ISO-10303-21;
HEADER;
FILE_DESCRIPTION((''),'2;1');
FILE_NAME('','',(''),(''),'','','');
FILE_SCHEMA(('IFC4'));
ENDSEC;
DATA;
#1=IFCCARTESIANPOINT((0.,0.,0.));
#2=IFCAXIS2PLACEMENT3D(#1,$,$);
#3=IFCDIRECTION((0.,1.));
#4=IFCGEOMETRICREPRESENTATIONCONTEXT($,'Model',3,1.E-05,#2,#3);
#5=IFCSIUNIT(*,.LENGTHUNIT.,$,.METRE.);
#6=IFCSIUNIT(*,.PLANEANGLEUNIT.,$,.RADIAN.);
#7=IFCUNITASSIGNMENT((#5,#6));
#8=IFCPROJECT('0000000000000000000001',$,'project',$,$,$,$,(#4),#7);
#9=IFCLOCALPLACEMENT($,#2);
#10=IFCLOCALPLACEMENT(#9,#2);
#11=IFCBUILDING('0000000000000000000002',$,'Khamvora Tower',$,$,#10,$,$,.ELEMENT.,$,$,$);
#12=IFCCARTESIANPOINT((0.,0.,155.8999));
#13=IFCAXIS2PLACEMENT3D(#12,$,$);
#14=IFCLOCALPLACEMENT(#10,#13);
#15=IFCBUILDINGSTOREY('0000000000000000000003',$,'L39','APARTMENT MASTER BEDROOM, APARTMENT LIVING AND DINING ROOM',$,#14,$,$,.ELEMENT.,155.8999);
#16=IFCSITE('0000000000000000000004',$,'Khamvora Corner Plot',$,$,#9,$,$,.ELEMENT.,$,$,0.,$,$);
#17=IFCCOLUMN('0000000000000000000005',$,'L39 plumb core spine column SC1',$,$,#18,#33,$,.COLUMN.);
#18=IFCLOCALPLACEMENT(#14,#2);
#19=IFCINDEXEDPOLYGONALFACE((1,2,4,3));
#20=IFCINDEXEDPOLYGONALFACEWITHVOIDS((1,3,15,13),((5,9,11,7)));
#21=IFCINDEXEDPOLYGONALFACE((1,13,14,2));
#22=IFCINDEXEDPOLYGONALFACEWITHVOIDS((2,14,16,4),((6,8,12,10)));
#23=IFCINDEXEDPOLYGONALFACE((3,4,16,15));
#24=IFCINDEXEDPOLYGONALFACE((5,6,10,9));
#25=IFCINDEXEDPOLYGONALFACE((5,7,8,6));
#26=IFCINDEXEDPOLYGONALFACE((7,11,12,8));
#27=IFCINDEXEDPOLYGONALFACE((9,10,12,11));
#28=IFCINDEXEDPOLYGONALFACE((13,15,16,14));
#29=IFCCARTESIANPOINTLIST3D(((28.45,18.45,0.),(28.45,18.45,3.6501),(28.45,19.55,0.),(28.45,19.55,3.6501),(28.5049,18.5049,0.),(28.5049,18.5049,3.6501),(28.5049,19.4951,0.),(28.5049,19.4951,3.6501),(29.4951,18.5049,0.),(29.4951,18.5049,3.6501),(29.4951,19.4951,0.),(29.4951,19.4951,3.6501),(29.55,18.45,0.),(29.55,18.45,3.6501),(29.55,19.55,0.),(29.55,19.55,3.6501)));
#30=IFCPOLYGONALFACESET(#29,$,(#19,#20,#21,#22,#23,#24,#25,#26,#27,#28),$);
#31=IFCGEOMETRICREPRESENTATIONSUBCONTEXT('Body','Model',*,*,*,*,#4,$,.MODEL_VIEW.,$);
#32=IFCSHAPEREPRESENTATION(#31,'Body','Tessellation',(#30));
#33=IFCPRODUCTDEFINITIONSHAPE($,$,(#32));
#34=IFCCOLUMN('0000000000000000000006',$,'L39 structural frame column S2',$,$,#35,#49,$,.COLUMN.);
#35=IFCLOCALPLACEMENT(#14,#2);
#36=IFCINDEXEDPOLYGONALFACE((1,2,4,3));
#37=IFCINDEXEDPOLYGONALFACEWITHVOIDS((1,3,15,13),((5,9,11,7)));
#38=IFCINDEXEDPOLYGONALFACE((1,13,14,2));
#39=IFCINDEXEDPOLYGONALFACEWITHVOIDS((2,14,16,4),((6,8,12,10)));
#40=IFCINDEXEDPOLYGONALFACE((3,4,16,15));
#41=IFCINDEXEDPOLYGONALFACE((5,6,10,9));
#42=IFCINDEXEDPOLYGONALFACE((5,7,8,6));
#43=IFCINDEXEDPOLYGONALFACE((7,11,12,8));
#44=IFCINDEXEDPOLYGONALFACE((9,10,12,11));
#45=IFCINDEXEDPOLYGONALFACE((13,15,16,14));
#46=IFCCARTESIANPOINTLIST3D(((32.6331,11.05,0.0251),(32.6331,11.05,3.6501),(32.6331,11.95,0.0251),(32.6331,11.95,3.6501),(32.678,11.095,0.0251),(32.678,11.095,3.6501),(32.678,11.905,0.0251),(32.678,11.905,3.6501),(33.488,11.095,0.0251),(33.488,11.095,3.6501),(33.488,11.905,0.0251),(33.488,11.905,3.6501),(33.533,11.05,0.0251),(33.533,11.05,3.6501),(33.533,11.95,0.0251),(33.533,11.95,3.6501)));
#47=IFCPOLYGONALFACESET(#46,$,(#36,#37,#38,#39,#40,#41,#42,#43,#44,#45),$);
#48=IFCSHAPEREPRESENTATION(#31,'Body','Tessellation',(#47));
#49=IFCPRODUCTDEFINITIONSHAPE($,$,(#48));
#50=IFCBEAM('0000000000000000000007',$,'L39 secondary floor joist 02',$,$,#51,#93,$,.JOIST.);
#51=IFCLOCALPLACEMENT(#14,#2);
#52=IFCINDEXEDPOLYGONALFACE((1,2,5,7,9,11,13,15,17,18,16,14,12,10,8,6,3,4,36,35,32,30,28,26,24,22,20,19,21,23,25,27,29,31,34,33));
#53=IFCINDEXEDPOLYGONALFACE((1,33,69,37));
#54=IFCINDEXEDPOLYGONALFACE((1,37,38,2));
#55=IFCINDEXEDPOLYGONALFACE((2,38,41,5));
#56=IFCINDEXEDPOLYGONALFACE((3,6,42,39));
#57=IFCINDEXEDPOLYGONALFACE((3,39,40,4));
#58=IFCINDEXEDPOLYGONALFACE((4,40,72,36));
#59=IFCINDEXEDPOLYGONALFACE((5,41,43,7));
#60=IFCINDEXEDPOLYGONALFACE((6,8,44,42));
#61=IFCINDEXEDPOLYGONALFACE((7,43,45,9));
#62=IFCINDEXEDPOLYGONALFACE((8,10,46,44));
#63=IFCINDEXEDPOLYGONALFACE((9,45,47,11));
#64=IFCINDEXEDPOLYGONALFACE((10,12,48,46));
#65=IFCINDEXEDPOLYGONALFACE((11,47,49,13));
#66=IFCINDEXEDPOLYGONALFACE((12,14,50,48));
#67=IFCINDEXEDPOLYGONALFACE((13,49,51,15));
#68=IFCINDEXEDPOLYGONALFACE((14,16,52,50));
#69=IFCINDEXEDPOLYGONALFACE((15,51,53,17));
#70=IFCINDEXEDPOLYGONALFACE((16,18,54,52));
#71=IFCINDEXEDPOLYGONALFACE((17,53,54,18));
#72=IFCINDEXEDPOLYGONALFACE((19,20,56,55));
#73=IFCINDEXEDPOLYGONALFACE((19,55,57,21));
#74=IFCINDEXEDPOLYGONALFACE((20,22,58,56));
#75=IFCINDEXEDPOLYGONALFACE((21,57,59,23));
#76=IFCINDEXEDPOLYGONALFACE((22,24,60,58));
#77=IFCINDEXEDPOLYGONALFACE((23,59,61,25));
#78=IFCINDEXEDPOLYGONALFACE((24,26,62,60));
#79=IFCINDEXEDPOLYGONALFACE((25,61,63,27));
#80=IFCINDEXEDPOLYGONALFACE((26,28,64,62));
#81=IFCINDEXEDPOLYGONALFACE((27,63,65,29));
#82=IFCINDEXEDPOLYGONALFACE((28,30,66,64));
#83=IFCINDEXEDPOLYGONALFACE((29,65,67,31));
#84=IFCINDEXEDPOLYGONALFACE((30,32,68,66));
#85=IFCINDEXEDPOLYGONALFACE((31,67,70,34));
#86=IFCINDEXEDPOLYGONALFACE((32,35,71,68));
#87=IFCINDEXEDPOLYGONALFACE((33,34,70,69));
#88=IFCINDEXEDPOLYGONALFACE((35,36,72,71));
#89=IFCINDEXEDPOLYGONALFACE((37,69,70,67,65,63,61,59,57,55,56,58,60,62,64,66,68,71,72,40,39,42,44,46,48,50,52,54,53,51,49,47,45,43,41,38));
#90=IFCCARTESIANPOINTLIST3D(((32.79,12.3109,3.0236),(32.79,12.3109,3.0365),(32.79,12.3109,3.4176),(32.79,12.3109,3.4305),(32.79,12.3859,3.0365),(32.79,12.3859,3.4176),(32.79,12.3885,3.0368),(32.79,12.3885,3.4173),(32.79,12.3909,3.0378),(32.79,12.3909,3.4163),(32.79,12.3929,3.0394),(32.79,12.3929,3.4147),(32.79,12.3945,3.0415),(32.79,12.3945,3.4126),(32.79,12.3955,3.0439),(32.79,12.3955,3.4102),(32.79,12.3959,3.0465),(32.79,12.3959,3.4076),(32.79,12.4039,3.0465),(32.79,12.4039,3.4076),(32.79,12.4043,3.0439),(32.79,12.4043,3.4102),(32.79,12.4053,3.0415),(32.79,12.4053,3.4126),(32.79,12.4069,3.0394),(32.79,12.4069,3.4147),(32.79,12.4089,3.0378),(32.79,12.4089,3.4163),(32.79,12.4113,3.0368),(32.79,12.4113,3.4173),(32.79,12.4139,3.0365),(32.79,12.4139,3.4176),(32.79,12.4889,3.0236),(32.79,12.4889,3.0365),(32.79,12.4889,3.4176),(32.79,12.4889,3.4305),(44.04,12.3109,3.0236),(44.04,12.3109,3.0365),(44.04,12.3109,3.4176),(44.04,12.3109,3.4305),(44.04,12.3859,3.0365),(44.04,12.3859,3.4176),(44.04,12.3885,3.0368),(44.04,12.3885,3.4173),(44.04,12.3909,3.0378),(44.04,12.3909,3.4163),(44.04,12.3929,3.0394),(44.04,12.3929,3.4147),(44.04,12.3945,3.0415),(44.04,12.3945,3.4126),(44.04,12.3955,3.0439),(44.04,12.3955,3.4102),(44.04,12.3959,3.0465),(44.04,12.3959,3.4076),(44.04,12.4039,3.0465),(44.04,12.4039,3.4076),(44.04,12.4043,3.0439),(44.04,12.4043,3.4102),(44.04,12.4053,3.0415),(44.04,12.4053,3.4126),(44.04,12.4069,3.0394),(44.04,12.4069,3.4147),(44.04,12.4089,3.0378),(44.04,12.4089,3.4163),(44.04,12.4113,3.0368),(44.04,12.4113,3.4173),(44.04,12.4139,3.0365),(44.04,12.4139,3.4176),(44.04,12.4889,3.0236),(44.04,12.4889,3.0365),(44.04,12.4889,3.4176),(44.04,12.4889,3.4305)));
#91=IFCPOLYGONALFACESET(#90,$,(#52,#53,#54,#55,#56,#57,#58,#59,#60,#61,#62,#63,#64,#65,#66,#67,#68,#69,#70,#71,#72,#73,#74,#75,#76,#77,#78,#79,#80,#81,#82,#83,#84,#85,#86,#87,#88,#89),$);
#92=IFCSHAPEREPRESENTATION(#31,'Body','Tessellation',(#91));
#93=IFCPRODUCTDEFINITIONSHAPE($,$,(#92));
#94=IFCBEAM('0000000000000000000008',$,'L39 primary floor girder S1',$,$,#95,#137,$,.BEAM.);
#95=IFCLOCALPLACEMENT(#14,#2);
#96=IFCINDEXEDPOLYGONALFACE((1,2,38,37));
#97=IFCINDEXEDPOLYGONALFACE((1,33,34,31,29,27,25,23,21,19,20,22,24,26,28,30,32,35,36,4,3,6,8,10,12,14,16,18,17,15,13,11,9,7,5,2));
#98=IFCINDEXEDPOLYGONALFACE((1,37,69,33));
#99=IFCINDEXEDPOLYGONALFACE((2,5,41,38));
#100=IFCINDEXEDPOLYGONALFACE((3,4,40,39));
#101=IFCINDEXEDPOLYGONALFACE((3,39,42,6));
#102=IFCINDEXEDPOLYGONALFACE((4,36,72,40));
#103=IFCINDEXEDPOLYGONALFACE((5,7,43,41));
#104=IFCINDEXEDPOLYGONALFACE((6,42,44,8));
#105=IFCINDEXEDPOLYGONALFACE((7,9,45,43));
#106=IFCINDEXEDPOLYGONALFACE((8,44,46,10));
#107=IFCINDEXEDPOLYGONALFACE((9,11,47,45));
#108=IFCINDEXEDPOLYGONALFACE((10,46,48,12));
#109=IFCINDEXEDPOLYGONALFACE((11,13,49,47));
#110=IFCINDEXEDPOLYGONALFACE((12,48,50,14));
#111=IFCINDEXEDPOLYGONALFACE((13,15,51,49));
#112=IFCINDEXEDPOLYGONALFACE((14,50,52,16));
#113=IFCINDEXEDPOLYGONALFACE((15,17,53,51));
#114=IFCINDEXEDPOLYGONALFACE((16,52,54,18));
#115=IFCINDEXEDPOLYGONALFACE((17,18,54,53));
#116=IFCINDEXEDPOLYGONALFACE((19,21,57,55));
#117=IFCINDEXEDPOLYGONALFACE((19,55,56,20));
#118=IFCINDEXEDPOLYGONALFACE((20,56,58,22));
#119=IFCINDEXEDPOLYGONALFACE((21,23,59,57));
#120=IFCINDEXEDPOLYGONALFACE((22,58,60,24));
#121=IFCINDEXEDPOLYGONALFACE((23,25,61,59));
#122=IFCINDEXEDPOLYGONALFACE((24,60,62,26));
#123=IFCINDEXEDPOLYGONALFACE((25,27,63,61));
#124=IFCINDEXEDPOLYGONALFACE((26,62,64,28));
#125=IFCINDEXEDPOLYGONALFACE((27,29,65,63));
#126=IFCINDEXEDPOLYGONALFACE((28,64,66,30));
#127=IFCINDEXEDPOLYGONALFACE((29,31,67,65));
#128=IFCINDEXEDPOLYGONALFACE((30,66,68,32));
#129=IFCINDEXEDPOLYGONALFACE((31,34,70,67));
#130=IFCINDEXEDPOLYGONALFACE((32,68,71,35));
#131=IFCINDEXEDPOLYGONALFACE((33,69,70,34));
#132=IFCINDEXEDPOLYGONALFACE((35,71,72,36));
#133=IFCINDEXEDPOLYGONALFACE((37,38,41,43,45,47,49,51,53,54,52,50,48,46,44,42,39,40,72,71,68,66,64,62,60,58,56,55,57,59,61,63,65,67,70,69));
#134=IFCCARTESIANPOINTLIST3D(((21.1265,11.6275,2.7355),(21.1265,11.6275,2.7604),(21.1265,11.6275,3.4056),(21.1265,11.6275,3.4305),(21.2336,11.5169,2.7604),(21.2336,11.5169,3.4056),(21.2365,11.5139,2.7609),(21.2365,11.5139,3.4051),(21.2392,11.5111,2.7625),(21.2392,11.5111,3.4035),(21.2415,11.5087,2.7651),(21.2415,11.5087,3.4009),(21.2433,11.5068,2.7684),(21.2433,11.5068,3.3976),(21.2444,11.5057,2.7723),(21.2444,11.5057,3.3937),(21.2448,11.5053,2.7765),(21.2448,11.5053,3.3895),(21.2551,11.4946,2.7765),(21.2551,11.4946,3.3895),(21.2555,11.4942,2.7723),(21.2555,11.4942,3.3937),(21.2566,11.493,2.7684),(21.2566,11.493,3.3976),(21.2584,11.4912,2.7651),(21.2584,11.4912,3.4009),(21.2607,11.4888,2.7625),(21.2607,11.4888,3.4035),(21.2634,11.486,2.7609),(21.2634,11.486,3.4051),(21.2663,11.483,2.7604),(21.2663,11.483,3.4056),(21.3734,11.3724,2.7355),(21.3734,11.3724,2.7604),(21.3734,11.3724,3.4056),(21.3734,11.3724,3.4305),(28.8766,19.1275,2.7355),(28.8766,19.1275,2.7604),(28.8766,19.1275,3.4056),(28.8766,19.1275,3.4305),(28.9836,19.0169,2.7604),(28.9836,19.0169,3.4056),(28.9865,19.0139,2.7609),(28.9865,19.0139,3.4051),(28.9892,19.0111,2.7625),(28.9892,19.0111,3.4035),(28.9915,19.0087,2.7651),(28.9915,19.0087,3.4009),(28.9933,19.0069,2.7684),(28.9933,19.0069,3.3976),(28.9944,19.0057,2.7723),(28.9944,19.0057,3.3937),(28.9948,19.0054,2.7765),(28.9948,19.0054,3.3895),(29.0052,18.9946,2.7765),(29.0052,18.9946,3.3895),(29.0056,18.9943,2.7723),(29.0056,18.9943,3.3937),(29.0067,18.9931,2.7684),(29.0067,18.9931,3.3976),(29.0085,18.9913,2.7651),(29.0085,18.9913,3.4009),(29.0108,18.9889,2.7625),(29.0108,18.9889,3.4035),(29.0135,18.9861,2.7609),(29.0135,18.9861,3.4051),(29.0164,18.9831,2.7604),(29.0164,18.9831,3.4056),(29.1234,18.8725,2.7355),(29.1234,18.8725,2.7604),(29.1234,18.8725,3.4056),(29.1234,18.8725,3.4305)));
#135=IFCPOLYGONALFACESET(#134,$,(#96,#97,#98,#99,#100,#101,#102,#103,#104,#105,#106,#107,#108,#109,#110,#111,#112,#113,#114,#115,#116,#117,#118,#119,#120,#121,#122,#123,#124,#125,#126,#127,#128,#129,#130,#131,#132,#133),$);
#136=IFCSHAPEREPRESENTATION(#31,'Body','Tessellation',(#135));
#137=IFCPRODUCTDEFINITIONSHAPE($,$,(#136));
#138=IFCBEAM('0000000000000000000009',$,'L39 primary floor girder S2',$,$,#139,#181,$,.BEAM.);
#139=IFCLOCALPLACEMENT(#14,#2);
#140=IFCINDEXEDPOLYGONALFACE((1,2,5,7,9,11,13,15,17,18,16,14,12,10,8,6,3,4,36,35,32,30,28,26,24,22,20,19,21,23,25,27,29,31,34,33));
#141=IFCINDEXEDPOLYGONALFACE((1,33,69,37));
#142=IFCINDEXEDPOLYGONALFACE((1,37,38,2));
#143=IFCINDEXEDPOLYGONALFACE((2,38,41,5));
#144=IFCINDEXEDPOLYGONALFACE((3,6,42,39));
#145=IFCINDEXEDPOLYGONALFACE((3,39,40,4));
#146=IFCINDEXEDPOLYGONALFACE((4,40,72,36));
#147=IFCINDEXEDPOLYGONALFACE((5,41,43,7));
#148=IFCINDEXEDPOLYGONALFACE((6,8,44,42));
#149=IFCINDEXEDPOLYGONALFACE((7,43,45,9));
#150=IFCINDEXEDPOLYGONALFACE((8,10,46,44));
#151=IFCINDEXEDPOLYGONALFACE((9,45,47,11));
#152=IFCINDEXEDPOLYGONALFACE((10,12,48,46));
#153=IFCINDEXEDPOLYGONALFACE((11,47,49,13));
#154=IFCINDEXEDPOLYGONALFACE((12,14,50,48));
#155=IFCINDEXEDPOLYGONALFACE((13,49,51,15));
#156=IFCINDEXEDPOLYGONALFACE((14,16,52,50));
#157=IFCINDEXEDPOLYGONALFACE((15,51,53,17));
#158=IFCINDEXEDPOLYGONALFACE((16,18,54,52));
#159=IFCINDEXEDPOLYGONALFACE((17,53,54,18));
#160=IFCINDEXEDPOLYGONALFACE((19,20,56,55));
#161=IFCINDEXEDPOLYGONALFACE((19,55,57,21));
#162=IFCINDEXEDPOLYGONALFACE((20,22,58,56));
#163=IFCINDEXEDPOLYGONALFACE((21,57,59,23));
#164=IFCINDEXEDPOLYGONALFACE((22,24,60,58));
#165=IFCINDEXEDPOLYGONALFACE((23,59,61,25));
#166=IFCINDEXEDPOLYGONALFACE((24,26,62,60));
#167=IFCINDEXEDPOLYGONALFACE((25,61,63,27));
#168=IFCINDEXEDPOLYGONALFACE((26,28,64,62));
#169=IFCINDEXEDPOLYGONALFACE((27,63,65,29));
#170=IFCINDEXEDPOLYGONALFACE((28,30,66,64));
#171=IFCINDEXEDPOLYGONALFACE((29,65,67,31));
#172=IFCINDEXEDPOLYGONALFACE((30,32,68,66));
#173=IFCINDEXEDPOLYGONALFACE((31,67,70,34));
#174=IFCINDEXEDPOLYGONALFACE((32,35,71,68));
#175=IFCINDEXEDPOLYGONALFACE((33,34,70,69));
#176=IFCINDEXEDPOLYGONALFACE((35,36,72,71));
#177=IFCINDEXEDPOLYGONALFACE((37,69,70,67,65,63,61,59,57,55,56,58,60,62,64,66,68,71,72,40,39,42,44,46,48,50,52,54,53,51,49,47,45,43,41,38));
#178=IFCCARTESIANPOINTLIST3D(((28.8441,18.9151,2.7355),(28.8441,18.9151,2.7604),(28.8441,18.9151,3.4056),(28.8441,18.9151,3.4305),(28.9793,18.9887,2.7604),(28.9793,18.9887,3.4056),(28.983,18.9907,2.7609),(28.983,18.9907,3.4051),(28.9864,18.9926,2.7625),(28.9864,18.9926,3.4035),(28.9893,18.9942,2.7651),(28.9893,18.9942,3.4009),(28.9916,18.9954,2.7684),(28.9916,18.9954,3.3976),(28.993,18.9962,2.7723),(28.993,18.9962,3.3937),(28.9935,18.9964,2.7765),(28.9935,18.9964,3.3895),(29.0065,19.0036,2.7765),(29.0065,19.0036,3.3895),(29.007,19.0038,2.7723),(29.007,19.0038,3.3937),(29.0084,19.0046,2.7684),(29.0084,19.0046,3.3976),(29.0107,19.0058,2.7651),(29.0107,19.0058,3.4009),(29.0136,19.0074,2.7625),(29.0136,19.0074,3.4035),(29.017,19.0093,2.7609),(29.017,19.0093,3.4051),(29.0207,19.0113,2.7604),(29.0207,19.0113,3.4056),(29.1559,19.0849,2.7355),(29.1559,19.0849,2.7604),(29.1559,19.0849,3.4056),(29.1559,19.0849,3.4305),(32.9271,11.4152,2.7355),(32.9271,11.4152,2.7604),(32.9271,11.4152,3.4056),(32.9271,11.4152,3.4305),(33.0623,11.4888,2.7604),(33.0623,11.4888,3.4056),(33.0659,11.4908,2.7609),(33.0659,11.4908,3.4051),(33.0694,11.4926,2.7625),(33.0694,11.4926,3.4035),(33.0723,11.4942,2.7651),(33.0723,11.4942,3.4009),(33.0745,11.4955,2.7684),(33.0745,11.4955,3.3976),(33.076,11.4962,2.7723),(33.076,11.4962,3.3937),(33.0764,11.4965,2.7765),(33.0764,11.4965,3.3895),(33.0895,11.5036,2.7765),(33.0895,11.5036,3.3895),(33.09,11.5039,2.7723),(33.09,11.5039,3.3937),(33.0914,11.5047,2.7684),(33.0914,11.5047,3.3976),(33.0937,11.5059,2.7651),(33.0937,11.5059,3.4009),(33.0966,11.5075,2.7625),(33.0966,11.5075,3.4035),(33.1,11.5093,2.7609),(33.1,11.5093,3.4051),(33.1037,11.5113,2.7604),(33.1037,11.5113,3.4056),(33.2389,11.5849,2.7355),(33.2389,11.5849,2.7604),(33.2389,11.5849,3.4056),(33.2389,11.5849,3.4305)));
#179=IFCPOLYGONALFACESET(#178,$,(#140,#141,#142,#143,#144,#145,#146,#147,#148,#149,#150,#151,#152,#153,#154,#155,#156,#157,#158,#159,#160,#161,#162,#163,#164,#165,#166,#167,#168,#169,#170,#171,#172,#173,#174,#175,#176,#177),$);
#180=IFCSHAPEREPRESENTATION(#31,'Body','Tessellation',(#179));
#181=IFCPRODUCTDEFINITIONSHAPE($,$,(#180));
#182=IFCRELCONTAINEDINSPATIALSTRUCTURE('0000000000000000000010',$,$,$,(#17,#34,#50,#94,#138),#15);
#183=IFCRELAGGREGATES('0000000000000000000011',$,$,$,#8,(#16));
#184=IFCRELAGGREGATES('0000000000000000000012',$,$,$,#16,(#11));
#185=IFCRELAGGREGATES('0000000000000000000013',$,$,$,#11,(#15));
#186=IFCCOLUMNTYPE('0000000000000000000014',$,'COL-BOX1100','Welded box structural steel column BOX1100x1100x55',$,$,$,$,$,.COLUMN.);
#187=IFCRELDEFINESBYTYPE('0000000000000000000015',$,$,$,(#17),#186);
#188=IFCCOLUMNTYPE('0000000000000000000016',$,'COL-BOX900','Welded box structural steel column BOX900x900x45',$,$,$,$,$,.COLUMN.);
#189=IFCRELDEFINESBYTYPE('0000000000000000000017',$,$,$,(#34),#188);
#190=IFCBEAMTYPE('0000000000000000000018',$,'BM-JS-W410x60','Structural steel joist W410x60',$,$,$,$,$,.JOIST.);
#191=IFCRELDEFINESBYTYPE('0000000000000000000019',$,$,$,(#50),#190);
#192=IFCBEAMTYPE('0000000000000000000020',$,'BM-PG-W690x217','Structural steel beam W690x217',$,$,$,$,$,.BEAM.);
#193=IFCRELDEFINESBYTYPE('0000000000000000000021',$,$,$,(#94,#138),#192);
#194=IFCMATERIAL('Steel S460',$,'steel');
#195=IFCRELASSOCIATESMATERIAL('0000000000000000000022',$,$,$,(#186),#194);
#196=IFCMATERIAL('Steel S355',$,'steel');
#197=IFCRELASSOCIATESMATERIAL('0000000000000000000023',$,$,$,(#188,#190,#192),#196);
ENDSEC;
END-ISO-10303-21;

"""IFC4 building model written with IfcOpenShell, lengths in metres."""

from ifc_helpers import new_model, si_unit, direction, frame, origin, origin_2d, place, context, subcontext, project, spatial, hollow_rectangle, i_section, extrude, material, material_profile, profile_set, type_object, element, save


model = new_model("IFC4")

# Units and contexts
model_context = context("Model", 3, precision=1e-05, world=origin(), true_north=direction((0.0, 1.0)))
body_context = subcontext(model_context, "Body", "Model", "MODEL_VIEW")
ifc_project = project(units=[si_unit("LENGTHUNIT", "METRE"), si_unit("PLANEANGLEUNIT", "RADIAN")], contexts=[model_context])

# Site, building, storey
site_placement = place(None, origin())
site = spatial("IfcSite", under=ifc_project, at=site_placement, Name="Khamvora Corner Plot", CompositionType="ELEMENT", RefElevation=0.0)
building_placement = place(site_placement, origin())
building = spatial("IfcBuilding", under=site, at=building_placement, Name="Khamvora Tower", CompositionType="ELEMENT")
storey_placement = place(building_placement, frame((0.0, 0.0, 155.8999)))
storey = spatial("IfcBuildingStorey", under=building, at=storey_placement, Name="L39", Description="APARTMENT MASTER BEDROOM, APARTMENT LIVING AND DINING ROOM", CompositionType="ELEMENT", Elevation=155.8999)

# Columns
ifc_material_1 = material(Name="Steel S460", Category="steel")
ifc_material_profile_1 = material_profile(ifc_material_1, hollow_rectangle(XDim=1.1001, YDim=1.1001, WallThickness=0.0549, at=origin_2d()), Name="BOX1100x1100x55")
ifc_profile_set_1 = profile_set([ifc_material_profile_1], Name="Steel S460")
column_type_1 = type_object("IfcColumnType", Name="COL-BOX1100", Description="Welded box structural steel column BOX1100x1100x55", PredefinedType="COLUMN", material=ifc_profile_set_1)
column_1_placement = place(storey_placement, frame((29.0, 19.0, 0.0), z_axis=(0.0, 0.0, 1.0), x_axis=(1.0, 0.0, 0.0)))
element("IfcColumn", 1, at=column_1_placement, inside=storey, type_object=column_type_1, Name="L39 plumb core spine column SC1", PredefinedType="COLUMN", context=body_context, shape_type="SweptSolid", body=[
    extrude(hollow_rectangle(XDim=1.1001, YDim=1.1001, WallThickness=0.0549, at=origin_2d()), origin(), (0.0, 0.0, 1.0), 3.6501),
])
ifc_material_2 = material(Name="Steel S355", Category="steel")
ifc_material_profile_2 = material_profile(ifc_material_2, hollow_rectangle(XDim=0.8999, YDim=0.8999, WallThickness=0.0449, at=origin_2d()), Name="BOX900x900x45")
ifc_profile_set_2 = profile_set([ifc_material_profile_2], Name="Steel S355")
column_type_2 = type_object("IfcColumnType", Name="COL-BOX900", Description="Welded box structural steel column BOX900x900x45", PredefinedType="COLUMN", material=ifc_profile_set_2)
column_2_placement = place(storey_placement, frame((33.083, 11.5, 0.0251), z_axis=(0.0, 0.0, 1.0), x_axis=(1.0, 0.0, 0.0)))
element("IfcColumn", 2, at=column_2_placement, inside=storey, type_object=column_type_2, Name="L39 structural frame column S2", PredefinedType="COLUMN", context=body_context, shape_type="SweptSolid", body=[
    extrude(hollow_rectangle(XDim=0.8999, YDim=0.8999, WallThickness=0.0449, at=origin_2d()), origin(), (0.0, 0.0, 1.0), 3.625),
])

# Beams
ifc_material_profile_3 = material_profile(ifc_material_2, i_section(OverallWidth=0.178, OverallDepth=0.407, WebThickness=0.0081, FlangeThickness=0.0129, FilletRadius=0.01, at=origin_2d()), Name="W410x60")
ifc_profile_set_3 = profile_set([ifc_material_profile_3], Name="Steel S355")
beam_type_1 = type_object("IfcBeamType", Name="BM-JS-W410x60", Description="Structural steel joist W410x60", PredefinedType="JOIST", material=ifc_profile_set_3)
beam_1_placement = place(storey_placement, frame((32.79, 12.3999, 3.2271), z_axis=(1.0, 0.0, 0.0), x_axis=(0.0, 1.0, 0.0)))
element("IfcBeam", 3, at=beam_1_placement, inside=storey, type_object=beam_type_1, Name="L39 secondary floor joist 02", PredefinedType="JOIST", context=body_context, shape_type="SweptSolid", body=[
    extrude(i_section(OverallWidth=0.178, OverallDepth=0.407, WebThickness=0.0081, FlangeThickness=0.0129, FilletRadius=0.01, at=origin_2d()), origin(), (0.0, 0.0, 1.0), 11.25),
])
ifc_material_profile_4 = material_profile(ifc_material_2, i_section(OverallWidth=0.355, OverallDepth=0.6951, WebThickness=0.0149, FlangeThickness=0.0249, FilletRadius=0.0161, at=origin_2d()), Name="W690x217")
ifc_profile_set_4 = profile_set([ifc_material_profile_4], Name="Steel S355")
beam_type_2 = type_object("IfcBeamType", Name="BM-PG-W690x217", Description="Structural steel beam W690x217", PredefinedType="BEAM", material=ifc_profile_set_4)
beam_2_placement = place(storey_placement, frame((29.0, 19.0, 3.083), z_axis=(-0.718602, -0.695421, 0.0), x_axis=(0.695421, -0.718602, 0.0)))
element("IfcBeam", 4, at=beam_2_placement, inside=storey, type_object=beam_type_2, Name="L39 primary floor girder S1", PredefinedType="BEAM", context=body_context, shape_type="SweptSolid", body=[
    extrude(i_section(OverallWidth=0.355, OverallDepth=0.6951, WebThickness=0.0149, FlangeThickness=0.0249, FilletRadius=0.0161, at=origin_2d()), origin(), (0.0, 0.0, 1.0), 10.7849),
])
beam_3_placement = place(storey_placement, frame((29.0, 19.0, 3.083), z_axis=(0.478139, -0.878284, 0.0), x_axis=(0.878284, 0.478139, 0.0)))
element("IfcBeam", 5, at=beam_3_placement, inside=storey, type_object=beam_type_2, Name="L39 primary floor girder S2", PredefinedType="BEAM", context=body_context, shape_type="SweptSolid", body=[
    extrude(i_section(OverallWidth=0.355, OverallDepth=0.6951, WebThickness=0.0149, FlangeThickness=0.0249, FilletRadius=0.0161, at=origin_2d()), origin(), (0.0, 0.0, 1.0), 8.5393),
])

save(model, "model.ifc")
